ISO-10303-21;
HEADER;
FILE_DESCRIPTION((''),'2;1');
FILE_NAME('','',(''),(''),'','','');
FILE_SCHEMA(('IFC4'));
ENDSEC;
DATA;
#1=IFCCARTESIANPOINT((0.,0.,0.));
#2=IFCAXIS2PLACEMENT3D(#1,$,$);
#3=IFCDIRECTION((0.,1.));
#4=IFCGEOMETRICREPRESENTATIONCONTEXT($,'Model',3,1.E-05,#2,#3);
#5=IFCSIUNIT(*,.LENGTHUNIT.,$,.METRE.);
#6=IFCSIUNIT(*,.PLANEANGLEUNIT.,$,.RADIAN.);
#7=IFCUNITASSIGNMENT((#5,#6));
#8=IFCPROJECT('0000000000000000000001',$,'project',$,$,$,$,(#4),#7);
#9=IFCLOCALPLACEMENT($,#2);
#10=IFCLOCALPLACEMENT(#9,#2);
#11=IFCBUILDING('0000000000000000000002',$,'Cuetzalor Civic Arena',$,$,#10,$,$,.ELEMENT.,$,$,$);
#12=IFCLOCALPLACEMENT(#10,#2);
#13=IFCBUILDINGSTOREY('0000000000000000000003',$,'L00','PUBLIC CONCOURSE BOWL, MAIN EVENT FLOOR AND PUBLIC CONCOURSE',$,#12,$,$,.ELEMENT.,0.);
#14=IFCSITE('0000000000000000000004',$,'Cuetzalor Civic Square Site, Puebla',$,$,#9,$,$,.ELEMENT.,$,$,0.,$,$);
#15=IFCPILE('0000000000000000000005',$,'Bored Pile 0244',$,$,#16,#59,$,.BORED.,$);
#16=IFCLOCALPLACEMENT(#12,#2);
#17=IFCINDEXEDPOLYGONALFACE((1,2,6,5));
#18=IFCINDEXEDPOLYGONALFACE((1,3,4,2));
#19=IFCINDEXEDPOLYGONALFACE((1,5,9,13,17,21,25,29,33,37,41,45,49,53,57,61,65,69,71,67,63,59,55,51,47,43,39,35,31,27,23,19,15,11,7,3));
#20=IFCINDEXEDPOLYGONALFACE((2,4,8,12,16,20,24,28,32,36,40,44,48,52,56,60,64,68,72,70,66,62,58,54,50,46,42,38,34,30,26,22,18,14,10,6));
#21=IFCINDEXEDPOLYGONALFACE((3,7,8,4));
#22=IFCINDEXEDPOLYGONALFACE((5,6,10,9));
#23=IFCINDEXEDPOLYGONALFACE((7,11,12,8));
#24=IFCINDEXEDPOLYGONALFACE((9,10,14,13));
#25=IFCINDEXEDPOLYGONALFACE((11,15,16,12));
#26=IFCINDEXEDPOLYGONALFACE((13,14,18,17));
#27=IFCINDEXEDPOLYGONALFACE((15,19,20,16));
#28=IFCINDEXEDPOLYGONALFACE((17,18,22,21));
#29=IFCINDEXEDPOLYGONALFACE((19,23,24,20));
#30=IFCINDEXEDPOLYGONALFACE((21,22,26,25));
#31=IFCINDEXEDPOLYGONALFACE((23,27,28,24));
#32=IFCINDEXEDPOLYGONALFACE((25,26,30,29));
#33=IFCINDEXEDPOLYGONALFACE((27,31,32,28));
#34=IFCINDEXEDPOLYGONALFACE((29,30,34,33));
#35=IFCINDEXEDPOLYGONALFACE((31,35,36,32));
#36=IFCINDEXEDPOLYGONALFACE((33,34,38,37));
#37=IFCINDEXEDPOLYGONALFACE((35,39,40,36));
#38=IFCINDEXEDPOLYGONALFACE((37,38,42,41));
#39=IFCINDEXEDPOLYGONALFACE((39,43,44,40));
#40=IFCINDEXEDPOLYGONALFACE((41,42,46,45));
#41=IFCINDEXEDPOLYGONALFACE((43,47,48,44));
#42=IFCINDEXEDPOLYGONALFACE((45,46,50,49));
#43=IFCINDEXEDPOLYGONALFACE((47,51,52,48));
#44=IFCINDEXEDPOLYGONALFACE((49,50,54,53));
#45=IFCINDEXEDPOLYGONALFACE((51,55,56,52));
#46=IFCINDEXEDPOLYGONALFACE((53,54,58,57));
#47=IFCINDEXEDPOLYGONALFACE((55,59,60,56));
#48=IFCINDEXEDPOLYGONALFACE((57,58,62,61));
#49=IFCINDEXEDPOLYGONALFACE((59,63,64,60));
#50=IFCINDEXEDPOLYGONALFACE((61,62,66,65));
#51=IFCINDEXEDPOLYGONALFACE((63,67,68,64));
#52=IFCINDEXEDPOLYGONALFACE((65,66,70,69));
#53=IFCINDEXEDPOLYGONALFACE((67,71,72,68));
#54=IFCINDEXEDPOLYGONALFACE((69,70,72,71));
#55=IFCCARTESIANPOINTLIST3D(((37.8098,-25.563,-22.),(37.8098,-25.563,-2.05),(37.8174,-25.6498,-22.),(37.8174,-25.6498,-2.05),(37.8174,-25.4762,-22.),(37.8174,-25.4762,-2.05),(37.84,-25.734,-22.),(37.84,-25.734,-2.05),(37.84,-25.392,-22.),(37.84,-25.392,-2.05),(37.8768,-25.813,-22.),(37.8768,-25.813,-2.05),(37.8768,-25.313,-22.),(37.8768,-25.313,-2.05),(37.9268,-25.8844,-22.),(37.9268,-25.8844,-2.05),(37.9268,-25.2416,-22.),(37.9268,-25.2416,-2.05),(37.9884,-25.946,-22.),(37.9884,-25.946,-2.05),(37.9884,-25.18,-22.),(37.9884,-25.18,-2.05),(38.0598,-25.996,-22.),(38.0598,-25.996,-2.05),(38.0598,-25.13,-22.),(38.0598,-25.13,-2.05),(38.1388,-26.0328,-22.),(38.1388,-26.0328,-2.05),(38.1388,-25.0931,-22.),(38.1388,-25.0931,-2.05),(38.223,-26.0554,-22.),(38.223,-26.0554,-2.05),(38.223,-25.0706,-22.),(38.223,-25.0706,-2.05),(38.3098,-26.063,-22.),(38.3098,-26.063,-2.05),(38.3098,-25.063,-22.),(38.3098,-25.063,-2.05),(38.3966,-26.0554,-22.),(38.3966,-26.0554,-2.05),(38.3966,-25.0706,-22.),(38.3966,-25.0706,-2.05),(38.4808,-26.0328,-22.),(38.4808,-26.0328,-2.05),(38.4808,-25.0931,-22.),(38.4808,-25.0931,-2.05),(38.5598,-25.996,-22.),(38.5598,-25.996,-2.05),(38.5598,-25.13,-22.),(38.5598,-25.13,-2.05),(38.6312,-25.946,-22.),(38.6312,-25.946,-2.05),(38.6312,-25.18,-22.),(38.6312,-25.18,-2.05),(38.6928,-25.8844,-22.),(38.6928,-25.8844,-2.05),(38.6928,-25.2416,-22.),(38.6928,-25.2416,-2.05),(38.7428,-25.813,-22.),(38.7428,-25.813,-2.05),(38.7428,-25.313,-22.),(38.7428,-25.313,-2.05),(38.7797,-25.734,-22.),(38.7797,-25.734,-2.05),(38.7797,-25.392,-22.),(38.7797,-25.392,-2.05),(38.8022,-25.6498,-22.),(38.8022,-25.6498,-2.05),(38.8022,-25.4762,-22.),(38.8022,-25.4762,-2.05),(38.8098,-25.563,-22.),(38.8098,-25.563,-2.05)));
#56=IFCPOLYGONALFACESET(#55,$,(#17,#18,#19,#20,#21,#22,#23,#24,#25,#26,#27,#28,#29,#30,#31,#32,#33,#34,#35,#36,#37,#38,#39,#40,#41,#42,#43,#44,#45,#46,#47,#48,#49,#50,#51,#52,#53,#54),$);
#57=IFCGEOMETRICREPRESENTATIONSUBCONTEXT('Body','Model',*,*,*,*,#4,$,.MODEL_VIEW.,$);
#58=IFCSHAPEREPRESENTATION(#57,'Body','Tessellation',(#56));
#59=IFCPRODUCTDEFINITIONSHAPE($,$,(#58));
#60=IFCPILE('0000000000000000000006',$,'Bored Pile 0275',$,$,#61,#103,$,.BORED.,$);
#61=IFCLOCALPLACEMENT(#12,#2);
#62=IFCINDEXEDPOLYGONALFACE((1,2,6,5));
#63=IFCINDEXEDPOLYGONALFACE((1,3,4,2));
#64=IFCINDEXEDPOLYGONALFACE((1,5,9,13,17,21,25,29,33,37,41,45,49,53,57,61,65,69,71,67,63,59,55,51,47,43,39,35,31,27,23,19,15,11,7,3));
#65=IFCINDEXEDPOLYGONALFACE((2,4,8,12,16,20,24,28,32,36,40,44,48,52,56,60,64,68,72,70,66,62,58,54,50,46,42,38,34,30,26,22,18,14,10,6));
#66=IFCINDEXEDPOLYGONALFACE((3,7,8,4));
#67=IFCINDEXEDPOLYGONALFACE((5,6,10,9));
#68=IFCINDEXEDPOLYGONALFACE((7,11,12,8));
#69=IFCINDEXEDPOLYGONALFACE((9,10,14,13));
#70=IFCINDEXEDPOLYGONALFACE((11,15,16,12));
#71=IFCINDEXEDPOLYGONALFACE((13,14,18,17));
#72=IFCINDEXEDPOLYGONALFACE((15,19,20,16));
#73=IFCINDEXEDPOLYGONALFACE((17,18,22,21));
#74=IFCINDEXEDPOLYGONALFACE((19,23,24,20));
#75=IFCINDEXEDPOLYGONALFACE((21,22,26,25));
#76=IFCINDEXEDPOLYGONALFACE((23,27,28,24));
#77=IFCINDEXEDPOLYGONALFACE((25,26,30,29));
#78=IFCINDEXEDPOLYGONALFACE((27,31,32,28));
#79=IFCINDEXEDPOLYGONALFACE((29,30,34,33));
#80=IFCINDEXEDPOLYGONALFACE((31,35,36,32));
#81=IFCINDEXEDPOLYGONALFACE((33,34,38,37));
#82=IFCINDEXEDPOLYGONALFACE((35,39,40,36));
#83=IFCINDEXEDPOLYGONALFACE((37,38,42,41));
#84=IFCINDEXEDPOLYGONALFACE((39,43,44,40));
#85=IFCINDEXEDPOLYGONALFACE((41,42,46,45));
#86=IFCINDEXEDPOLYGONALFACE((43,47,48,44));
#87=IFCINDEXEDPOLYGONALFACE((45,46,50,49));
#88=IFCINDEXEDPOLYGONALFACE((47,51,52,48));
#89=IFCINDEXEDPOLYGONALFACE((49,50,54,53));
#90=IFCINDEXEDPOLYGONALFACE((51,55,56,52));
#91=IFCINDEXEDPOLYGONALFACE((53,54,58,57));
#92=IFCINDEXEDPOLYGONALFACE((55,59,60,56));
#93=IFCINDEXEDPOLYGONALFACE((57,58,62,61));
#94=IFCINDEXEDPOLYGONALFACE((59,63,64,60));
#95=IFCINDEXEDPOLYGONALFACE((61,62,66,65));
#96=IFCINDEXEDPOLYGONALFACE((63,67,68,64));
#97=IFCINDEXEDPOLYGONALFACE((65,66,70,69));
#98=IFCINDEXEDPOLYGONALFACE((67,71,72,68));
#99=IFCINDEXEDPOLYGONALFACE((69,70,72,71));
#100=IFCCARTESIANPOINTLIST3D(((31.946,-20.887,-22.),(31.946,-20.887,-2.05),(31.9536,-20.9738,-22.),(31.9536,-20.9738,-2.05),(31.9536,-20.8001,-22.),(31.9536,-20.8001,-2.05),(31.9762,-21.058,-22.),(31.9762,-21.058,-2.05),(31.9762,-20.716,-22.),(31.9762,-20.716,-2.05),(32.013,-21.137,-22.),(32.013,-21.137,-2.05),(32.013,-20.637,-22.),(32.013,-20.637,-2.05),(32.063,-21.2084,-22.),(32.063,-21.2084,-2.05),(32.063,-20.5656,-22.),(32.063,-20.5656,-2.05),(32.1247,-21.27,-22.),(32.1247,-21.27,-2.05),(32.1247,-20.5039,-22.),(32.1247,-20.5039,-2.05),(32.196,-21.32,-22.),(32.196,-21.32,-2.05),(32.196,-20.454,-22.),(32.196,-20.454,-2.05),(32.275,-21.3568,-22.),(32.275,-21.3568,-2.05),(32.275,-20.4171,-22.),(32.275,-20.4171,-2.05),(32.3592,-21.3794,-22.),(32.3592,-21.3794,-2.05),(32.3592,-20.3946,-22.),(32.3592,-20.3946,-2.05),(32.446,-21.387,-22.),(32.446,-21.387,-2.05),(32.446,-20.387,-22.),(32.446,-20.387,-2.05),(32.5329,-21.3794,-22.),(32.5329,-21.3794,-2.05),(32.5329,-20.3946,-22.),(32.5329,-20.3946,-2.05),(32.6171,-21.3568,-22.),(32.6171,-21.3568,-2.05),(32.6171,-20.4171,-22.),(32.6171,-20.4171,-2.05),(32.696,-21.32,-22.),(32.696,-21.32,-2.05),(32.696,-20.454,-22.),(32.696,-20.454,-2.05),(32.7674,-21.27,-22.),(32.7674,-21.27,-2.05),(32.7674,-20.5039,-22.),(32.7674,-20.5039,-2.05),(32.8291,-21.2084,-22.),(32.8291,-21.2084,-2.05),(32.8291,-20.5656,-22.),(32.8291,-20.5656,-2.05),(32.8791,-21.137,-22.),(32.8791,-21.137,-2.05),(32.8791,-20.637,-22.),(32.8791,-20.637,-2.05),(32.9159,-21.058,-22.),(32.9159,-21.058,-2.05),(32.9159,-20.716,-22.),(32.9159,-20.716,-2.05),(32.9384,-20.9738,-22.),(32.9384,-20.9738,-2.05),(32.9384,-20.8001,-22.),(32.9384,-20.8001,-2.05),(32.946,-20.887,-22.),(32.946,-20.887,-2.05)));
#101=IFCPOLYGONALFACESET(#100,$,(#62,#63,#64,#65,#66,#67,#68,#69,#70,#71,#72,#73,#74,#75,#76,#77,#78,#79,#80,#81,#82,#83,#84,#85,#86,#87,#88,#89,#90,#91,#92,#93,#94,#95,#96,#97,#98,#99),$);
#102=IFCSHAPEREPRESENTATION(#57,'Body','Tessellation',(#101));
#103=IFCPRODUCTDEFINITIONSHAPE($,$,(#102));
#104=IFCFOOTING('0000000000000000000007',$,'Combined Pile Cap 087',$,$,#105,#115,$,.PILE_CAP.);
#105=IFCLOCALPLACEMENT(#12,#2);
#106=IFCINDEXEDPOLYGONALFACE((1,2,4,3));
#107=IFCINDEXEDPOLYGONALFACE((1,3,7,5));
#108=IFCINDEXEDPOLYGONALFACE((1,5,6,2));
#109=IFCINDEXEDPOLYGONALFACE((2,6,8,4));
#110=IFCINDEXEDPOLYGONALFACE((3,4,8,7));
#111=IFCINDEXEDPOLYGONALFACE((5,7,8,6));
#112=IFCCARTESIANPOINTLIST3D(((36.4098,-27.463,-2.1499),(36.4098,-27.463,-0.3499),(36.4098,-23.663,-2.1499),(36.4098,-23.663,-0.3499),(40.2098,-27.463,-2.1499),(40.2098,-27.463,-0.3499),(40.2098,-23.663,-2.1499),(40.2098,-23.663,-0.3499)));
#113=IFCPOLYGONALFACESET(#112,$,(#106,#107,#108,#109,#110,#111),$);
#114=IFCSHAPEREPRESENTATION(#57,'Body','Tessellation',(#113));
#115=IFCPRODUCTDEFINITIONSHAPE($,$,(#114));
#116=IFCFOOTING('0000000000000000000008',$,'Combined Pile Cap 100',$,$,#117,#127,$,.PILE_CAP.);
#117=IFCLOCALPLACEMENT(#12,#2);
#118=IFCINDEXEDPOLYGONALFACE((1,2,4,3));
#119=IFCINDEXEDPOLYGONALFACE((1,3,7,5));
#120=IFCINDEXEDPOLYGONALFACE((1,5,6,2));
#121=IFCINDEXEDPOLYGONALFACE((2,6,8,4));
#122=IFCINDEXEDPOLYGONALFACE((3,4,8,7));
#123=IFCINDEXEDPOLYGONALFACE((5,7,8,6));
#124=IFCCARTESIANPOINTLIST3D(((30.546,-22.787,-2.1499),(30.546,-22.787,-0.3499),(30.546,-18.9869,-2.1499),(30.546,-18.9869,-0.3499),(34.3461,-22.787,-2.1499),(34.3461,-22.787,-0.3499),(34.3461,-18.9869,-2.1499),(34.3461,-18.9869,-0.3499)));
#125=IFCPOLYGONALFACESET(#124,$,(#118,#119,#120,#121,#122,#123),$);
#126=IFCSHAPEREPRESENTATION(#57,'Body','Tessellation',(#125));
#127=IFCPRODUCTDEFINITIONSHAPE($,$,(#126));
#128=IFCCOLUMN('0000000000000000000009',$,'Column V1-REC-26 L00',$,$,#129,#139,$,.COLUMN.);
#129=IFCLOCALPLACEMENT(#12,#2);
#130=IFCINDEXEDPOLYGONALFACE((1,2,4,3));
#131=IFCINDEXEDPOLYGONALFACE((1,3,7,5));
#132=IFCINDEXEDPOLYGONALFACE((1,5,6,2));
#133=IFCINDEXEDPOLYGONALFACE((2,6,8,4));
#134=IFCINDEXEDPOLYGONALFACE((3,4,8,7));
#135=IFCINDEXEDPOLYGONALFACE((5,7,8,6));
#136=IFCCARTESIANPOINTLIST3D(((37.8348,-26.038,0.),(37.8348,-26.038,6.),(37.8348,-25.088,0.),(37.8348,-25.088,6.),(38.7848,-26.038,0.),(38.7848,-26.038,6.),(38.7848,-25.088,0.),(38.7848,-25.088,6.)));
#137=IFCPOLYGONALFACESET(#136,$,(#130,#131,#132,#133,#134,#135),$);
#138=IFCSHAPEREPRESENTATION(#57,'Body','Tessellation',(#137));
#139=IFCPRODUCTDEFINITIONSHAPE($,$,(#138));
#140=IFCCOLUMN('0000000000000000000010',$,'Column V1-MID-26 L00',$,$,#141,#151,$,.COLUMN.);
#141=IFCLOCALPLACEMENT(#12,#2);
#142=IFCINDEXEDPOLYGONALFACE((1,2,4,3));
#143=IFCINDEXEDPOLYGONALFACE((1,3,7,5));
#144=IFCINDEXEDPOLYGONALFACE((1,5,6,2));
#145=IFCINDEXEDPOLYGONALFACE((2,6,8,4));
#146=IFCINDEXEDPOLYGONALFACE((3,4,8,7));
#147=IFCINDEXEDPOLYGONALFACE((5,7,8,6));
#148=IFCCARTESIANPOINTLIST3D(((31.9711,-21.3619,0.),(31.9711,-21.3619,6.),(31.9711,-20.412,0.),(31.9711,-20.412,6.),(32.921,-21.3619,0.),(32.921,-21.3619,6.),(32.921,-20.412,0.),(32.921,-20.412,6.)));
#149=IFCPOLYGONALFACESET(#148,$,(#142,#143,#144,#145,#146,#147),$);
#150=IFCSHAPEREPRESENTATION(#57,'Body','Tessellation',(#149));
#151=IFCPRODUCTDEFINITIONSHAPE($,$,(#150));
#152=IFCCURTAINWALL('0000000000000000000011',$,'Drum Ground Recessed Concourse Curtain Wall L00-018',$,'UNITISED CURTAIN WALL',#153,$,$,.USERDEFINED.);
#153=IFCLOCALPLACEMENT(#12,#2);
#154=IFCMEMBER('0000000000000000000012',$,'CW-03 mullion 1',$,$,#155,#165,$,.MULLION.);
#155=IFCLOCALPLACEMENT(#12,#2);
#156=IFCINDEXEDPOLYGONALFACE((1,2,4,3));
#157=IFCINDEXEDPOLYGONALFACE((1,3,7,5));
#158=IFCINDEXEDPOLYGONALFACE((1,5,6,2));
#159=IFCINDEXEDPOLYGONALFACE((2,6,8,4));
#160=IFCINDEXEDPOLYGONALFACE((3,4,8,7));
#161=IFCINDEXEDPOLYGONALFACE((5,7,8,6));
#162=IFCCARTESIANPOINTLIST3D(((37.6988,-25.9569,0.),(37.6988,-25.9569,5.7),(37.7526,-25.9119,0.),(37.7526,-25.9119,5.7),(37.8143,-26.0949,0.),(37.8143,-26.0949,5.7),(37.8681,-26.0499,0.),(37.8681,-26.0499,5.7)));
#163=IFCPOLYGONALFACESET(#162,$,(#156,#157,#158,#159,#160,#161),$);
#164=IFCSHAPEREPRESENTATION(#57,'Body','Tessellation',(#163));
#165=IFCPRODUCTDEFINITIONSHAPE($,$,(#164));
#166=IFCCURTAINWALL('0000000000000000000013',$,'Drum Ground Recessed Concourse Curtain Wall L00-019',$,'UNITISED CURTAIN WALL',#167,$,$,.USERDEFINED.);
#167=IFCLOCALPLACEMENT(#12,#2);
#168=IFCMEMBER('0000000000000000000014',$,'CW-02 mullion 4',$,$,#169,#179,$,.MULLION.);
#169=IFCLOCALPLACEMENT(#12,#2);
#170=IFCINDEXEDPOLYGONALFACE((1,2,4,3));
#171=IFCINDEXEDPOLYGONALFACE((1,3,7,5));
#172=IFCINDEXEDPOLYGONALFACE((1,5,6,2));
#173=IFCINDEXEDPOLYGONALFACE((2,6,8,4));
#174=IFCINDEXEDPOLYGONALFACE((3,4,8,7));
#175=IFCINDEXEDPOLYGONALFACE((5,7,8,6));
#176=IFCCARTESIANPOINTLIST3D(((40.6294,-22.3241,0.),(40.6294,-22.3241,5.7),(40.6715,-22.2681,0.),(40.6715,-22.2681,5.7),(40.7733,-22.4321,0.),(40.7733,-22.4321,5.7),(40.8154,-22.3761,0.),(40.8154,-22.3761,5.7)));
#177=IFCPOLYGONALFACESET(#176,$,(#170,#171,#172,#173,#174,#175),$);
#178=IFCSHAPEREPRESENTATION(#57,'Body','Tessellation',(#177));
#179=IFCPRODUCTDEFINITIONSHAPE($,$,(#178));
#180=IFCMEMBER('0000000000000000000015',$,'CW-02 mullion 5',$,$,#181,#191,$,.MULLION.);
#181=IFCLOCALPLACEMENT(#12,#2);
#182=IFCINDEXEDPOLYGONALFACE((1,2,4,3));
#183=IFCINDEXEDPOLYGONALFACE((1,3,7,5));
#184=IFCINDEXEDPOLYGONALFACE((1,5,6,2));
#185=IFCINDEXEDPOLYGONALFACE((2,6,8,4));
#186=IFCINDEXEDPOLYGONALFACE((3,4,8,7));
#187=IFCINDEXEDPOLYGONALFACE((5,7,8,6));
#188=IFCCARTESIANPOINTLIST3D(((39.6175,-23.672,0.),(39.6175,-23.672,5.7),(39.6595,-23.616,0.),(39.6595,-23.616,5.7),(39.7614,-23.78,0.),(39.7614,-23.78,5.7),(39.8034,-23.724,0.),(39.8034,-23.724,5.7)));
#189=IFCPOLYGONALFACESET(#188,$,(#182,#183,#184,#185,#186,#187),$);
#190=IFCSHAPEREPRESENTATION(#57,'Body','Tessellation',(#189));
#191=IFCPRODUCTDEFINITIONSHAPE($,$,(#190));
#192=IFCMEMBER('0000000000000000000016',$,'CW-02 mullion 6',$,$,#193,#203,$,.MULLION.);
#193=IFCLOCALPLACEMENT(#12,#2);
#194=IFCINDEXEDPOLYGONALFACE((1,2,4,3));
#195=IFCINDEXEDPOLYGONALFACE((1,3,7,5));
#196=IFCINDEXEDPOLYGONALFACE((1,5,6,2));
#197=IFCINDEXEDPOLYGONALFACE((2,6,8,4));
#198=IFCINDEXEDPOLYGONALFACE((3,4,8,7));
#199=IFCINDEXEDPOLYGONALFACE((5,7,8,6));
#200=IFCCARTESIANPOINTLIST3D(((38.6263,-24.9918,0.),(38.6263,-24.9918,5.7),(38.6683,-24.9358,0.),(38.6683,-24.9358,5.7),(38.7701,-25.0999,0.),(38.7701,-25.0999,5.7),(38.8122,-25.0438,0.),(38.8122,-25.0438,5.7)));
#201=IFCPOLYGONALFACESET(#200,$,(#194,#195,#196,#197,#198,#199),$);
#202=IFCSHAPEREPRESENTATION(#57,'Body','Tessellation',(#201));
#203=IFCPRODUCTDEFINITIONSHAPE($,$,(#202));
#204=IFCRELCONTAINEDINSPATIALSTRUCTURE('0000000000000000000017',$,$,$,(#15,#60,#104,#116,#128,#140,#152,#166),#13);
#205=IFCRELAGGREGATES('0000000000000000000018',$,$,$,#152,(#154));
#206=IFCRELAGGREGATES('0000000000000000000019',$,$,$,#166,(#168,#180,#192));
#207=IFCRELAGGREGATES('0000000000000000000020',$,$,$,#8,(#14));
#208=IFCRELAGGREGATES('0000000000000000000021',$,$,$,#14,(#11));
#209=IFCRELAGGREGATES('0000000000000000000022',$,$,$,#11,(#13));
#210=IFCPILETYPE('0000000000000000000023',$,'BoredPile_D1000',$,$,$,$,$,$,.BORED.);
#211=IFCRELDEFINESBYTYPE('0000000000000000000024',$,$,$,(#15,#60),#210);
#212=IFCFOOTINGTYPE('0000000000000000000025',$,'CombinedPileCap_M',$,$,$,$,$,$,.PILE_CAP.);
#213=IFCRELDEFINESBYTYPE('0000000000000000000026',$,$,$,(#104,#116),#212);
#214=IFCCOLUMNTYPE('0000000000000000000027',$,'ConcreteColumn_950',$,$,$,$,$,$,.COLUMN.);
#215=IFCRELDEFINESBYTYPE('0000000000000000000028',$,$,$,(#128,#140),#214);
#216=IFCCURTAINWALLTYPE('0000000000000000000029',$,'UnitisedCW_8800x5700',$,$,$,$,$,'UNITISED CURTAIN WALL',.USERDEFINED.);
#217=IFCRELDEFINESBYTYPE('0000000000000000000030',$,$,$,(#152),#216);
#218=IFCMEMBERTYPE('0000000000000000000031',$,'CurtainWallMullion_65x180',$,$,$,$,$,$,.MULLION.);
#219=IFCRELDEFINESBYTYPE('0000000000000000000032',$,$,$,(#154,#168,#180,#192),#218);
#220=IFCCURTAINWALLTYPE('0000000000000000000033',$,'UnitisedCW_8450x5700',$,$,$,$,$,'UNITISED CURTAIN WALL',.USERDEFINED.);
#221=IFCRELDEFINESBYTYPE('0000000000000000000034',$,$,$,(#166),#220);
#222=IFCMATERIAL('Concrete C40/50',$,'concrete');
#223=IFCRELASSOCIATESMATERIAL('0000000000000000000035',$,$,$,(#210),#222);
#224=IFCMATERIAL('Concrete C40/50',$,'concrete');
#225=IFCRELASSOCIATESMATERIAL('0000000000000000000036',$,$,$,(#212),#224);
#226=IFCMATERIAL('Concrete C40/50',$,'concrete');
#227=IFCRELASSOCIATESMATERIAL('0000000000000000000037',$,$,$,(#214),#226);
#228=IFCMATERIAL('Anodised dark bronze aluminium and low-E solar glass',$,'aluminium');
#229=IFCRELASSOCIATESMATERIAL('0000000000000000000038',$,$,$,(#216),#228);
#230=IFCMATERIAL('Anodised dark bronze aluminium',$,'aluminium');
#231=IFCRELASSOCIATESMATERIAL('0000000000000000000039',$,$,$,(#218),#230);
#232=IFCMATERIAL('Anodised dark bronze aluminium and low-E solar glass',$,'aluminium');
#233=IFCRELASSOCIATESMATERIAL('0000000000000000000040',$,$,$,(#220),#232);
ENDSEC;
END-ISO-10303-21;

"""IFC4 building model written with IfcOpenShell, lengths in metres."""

from ifc_helpers import new_model, si_unit, direction, frame, origin, origin_2d, place, context, subcontext, project, spatial, rectangle, circle, extrude, material, material_profile, profile_set, type_object, element, aggregate, save


model = new_model("IFC4")

# Units and contexts
model_context = context("Model", 3, precision=1e-05, world=origin(), true_north=direction((0.0, 1.0)))
body_context = subcontext(model_context, "Body", "Model", "MODEL_VIEW")
ifc_project = project(units=[si_unit("LENGTHUNIT", "METRE"), si_unit("PLANEANGLEUNIT", "RADIAN")], contexts=[model_context])

# Site, building, storey
site_placement = place(None, origin())
site = spatial("IfcSite", under=ifc_project, at=site_placement, Name="Cuetzalor Civic Square Site, Puebla", CompositionType="ELEMENT", RefElevation=0.0)
building_placement = place(site_placement, origin())
building = spatial("IfcBuilding", under=site, at=building_placement, Name="Cuetzalor Civic Arena", CompositionType="ELEMENT")
storey_placement = place(building_placement, origin())
storey = spatial("IfcBuildingStorey", under=building, at=storey_placement, Name="L00", Description="PUBLIC CONCOURSE BOWL, MAIN EVENT FLOOR AND PUBLIC CONCOURSE", CompositionType="ELEMENT", Elevation=0.0)

# Piles
ifc_material_1 = material(Name="Concrete C40/50", Category="concrete")
ifc_material_profile_1 = material_profile(ifc_material_1, circle(Radius=0.5, at=origin_2d()), Name="BORED PILE D1000")
ifc_profile_set_1 = profile_set([ifc_material_profile_1], Name="Concrete C40/50")
pile_type = type_object("IfcPileType", Name="BoredPile_D1000", PredefinedType="BORED", material=ifc_profile_set_1)
for number, where, z_axis, x_axis, name in (
    (1, (38.3098, -25.563, -2.05), (0.0, 0.0, -1.0), (1.0, 0.0, 0.0), "Bored Pile 0244"),
    (2, (32.446, -20.887, -2.05), (0.0, 0.0, -1.0), (1.0, 0.0, 0.0), "Bored Pile 0275"),
):
    element("IfcPile", number, at=place(storey_placement, frame(where, z_axis=z_axis, x_axis=x_axis)), inside=storey, type_object=pile_type, Name=name, PredefinedType="BORED", context=body_context, shape_type="SweptSolid", body=[
        extrude(circle(Radius=0.5, at=origin_2d()), origin(), (0.0, 0.0, 1.0), 19.95),
    ])

# Footings
ifc_material_2 = material(Name="Concrete C40/50", Category="concrete")
footing_type = type_object("IfcFootingType", Name="CombinedPileCap_M", PredefinedType="PILE_CAP", material=ifc_material_2)
for number, where, z_axis, x_axis, name in (
    (3, (38.3098, -25.563, -2.1499), (0.0, 0.0, 1.0), (1.0, 0.0, 0.0), "Combined Pile Cap 087"),
    (4, (32.446, -20.887, -2.1499), (0.0, 0.0, 1.0), (1.0, 0.0, 0.0), "Combined Pile Cap 100"),
):
    element("IfcFooting", number, at=place(storey_placement, frame(where, z_axis=z_axis, x_axis=x_axis)), inside=storey, type_object=footing_type, Name=name, PredefinedType="PILE_CAP", context=body_context, shape_type="SweptSolid", body=[
        extrude(rectangle(XDim=3.8, YDim=3.8, at=origin_2d()), origin(), (0.0, 0.0, 1.0), 1.8),
    ])

# Columns
ifc_material_3 = material(Name="Concrete C40/50", Category="concrete")
ifc_material_profile_2 = material_profile(ifc_material_3, rectangle(XDim=0.95, YDim=0.95, at=origin_2d()), Name="RC 950x950")
ifc_profile_set_2 = profile_set([ifc_material_profile_2], Name="Concrete C40/50")
column_type = type_object("IfcColumnType", Name="ConcreteColumn_950", PredefinedType="COLUMN", material=ifc_profile_set_2)
for number, where, z_axis, x_axis, name in (
    (5, (38.3098, -25.563, 0.0), (0.0, 0.0, 1.0), (1.0, 0.0, 0.0), "Column V1-REC-26 L00"),
    (6, (32.446, -20.887, 0.0), (0.0, 0.0, 1.0), (1.0, 0.0, 0.0), "Column V1-MID-26 L00"),
):
    element("IfcColumn", number, at=place(storey_placement, frame(where, z_axis=z_axis, x_axis=x_axis)), inside=storey, type_object=column_type, Name=name, PredefinedType="COLUMN", context=body_context, shape_type="SweptSolid", body=[
        extrude(rectangle(XDim=0.95, YDim=0.95, at=origin_2d()), origin(), (0.0, 0.0, 1.0), 6.0),
    ])

# Curtain wall, member
ifc_material_4 = material(Name="Anodised dark bronze aluminium and low-E solar glass", Category="aluminium")
curtain_wall_type_1 = type_object("IfcCurtainWallType", Name="UnitisedCW_8800x5700", ElementType="UNITISED CURTAIN WALL", PredefinedType="USERDEFINED", material=ifc_material_4)
curtain_wall_1_placement = place(storey_placement, origin())
curtain_wall_1 = element("IfcCurtainWall", 7, at=curtain_wall_1_placement, inside=storey, type_object=curtain_wall_type_1, Name="Drum Ground Recessed Concourse Curtain Wall L00-018", ObjectType="UNITISED CURTAIN WALL", PredefinedType="USERDEFINED")
ifc_material_5 = material(Name="Anodised dark bronze aluminium", Category="aluminium")
ifc_material_profile_3 = material_profile(ifc_material_5, rectangle(XDim=0.0701, YDim=0.1799, at=origin_2d()), Name="ALU MULLION 70x180")
ifc_profile_set_3 = profile_set([ifc_material_profile_3], Name="Anodised dark bronze aluminium")
member_type_1 = type_object("IfcMemberType", Name="CurtainWallMullion_65x180", PredefinedType="MULLION", material=ifc_profile_set_3)
member_1_placement = place(storey_placement, frame((37.7834, -26.0034, 0.0), z_axis=(0.0, 0.0, 1.0), x_axis=(-0.766928, -0.641733, 0.0)))
member_1 = element("IfcMember", 8, at=member_1_placement, type_object=member_type_1, Name="CW-03 mullion 1", PredefinedType="MULLION", context=body_context, shape_type="SweptSolid", body=[
    extrude(rectangle(XDim=0.0701, YDim=0.1799, at=origin_2d()), origin(), (0.0, 0.0, 1.0), 5.7),
])

# Curtain wall, members
ifc_material_6 = material(Name="Anodised dark bronze aluminium and low-E solar glass", Category="aluminium")
curtain_wall_type_2 = type_object("IfcCurtainWallType", Name="UnitisedCW_8450x5700", ElementType="UNITISED CURTAIN WALL", PredefinedType="USERDEFINED", material=ifc_material_6)
curtain_wall_2_placement = place(storey_placement, origin())
curtain_wall_2 = element("IfcCurtainWall", 9, at=curtain_wall_2_placement, inside=storey, type_object=curtain_wall_type_2, Name="Drum Ground Recessed Concourse Curtain Wall L00-019", ObjectType="UNITISED CURTAIN WALL", PredefinedType="USERDEFINED")
member_2_placement = place(storey_placement, frame((40.7224, -22.3501, 0.0), z_axis=(0.0, 0.0, 1.0), x_axis=(-0.600492, -0.799631, 0.0)))
member_2 = element("IfcMember", 10, at=member_2_placement, type_object=member_type_1, Name="CW-02 mullion 4", PredefinedType="MULLION", context=body_context, shape_type="SweptSolid", body=[
    extrude(rectangle(XDim=0.0701, YDim=0.1799, at=origin_2d()), origin(), (0.0, 0.0, 1.0), 5.7),
])
member_3_placement = place(storey_placement, frame((39.7104, -23.698, 0.0), z_axis=(0.0, 0.0, 1.0), x_axis=(-0.600492, -0.799631, 0.0)))
member_3 = element("IfcMember", 11, at=member_3_placement, type_object=member_type_1, Name="CW-02 mullion 5", PredefinedType="MULLION", context=body_context, shape_type="SweptSolid", body=[
    extrude(rectangle(XDim=0.0701, YDim=0.1799, at=origin_2d()), origin(), (0.0, 0.0, 1.0), 5.7),
])
member_4_placement = place(storey_placement, frame((38.7192, -25.0178, 0.0), z_axis=(0.0, 0.0, 1.0), x_axis=(-0.600492, -0.799631, 0.0)))
member_4 = element("IfcMember", 12, at=member_4_placement, type_object=member_type_1, Name="CW-02 mullion 6", PredefinedType="MULLION", context=body_context, shape_type="SweptSolid", body=[
    extrude(rectangle(XDim=0.0701, YDim=0.1799, at=origin_2d()), origin(), (0.0, 0.0, 1.0), 5.7),
])

aggregate(curtain_wall_1, [member_1])

aggregate(curtain_wall_2, [member_2, member_3, member_4])

save(model, "model.ifc")
